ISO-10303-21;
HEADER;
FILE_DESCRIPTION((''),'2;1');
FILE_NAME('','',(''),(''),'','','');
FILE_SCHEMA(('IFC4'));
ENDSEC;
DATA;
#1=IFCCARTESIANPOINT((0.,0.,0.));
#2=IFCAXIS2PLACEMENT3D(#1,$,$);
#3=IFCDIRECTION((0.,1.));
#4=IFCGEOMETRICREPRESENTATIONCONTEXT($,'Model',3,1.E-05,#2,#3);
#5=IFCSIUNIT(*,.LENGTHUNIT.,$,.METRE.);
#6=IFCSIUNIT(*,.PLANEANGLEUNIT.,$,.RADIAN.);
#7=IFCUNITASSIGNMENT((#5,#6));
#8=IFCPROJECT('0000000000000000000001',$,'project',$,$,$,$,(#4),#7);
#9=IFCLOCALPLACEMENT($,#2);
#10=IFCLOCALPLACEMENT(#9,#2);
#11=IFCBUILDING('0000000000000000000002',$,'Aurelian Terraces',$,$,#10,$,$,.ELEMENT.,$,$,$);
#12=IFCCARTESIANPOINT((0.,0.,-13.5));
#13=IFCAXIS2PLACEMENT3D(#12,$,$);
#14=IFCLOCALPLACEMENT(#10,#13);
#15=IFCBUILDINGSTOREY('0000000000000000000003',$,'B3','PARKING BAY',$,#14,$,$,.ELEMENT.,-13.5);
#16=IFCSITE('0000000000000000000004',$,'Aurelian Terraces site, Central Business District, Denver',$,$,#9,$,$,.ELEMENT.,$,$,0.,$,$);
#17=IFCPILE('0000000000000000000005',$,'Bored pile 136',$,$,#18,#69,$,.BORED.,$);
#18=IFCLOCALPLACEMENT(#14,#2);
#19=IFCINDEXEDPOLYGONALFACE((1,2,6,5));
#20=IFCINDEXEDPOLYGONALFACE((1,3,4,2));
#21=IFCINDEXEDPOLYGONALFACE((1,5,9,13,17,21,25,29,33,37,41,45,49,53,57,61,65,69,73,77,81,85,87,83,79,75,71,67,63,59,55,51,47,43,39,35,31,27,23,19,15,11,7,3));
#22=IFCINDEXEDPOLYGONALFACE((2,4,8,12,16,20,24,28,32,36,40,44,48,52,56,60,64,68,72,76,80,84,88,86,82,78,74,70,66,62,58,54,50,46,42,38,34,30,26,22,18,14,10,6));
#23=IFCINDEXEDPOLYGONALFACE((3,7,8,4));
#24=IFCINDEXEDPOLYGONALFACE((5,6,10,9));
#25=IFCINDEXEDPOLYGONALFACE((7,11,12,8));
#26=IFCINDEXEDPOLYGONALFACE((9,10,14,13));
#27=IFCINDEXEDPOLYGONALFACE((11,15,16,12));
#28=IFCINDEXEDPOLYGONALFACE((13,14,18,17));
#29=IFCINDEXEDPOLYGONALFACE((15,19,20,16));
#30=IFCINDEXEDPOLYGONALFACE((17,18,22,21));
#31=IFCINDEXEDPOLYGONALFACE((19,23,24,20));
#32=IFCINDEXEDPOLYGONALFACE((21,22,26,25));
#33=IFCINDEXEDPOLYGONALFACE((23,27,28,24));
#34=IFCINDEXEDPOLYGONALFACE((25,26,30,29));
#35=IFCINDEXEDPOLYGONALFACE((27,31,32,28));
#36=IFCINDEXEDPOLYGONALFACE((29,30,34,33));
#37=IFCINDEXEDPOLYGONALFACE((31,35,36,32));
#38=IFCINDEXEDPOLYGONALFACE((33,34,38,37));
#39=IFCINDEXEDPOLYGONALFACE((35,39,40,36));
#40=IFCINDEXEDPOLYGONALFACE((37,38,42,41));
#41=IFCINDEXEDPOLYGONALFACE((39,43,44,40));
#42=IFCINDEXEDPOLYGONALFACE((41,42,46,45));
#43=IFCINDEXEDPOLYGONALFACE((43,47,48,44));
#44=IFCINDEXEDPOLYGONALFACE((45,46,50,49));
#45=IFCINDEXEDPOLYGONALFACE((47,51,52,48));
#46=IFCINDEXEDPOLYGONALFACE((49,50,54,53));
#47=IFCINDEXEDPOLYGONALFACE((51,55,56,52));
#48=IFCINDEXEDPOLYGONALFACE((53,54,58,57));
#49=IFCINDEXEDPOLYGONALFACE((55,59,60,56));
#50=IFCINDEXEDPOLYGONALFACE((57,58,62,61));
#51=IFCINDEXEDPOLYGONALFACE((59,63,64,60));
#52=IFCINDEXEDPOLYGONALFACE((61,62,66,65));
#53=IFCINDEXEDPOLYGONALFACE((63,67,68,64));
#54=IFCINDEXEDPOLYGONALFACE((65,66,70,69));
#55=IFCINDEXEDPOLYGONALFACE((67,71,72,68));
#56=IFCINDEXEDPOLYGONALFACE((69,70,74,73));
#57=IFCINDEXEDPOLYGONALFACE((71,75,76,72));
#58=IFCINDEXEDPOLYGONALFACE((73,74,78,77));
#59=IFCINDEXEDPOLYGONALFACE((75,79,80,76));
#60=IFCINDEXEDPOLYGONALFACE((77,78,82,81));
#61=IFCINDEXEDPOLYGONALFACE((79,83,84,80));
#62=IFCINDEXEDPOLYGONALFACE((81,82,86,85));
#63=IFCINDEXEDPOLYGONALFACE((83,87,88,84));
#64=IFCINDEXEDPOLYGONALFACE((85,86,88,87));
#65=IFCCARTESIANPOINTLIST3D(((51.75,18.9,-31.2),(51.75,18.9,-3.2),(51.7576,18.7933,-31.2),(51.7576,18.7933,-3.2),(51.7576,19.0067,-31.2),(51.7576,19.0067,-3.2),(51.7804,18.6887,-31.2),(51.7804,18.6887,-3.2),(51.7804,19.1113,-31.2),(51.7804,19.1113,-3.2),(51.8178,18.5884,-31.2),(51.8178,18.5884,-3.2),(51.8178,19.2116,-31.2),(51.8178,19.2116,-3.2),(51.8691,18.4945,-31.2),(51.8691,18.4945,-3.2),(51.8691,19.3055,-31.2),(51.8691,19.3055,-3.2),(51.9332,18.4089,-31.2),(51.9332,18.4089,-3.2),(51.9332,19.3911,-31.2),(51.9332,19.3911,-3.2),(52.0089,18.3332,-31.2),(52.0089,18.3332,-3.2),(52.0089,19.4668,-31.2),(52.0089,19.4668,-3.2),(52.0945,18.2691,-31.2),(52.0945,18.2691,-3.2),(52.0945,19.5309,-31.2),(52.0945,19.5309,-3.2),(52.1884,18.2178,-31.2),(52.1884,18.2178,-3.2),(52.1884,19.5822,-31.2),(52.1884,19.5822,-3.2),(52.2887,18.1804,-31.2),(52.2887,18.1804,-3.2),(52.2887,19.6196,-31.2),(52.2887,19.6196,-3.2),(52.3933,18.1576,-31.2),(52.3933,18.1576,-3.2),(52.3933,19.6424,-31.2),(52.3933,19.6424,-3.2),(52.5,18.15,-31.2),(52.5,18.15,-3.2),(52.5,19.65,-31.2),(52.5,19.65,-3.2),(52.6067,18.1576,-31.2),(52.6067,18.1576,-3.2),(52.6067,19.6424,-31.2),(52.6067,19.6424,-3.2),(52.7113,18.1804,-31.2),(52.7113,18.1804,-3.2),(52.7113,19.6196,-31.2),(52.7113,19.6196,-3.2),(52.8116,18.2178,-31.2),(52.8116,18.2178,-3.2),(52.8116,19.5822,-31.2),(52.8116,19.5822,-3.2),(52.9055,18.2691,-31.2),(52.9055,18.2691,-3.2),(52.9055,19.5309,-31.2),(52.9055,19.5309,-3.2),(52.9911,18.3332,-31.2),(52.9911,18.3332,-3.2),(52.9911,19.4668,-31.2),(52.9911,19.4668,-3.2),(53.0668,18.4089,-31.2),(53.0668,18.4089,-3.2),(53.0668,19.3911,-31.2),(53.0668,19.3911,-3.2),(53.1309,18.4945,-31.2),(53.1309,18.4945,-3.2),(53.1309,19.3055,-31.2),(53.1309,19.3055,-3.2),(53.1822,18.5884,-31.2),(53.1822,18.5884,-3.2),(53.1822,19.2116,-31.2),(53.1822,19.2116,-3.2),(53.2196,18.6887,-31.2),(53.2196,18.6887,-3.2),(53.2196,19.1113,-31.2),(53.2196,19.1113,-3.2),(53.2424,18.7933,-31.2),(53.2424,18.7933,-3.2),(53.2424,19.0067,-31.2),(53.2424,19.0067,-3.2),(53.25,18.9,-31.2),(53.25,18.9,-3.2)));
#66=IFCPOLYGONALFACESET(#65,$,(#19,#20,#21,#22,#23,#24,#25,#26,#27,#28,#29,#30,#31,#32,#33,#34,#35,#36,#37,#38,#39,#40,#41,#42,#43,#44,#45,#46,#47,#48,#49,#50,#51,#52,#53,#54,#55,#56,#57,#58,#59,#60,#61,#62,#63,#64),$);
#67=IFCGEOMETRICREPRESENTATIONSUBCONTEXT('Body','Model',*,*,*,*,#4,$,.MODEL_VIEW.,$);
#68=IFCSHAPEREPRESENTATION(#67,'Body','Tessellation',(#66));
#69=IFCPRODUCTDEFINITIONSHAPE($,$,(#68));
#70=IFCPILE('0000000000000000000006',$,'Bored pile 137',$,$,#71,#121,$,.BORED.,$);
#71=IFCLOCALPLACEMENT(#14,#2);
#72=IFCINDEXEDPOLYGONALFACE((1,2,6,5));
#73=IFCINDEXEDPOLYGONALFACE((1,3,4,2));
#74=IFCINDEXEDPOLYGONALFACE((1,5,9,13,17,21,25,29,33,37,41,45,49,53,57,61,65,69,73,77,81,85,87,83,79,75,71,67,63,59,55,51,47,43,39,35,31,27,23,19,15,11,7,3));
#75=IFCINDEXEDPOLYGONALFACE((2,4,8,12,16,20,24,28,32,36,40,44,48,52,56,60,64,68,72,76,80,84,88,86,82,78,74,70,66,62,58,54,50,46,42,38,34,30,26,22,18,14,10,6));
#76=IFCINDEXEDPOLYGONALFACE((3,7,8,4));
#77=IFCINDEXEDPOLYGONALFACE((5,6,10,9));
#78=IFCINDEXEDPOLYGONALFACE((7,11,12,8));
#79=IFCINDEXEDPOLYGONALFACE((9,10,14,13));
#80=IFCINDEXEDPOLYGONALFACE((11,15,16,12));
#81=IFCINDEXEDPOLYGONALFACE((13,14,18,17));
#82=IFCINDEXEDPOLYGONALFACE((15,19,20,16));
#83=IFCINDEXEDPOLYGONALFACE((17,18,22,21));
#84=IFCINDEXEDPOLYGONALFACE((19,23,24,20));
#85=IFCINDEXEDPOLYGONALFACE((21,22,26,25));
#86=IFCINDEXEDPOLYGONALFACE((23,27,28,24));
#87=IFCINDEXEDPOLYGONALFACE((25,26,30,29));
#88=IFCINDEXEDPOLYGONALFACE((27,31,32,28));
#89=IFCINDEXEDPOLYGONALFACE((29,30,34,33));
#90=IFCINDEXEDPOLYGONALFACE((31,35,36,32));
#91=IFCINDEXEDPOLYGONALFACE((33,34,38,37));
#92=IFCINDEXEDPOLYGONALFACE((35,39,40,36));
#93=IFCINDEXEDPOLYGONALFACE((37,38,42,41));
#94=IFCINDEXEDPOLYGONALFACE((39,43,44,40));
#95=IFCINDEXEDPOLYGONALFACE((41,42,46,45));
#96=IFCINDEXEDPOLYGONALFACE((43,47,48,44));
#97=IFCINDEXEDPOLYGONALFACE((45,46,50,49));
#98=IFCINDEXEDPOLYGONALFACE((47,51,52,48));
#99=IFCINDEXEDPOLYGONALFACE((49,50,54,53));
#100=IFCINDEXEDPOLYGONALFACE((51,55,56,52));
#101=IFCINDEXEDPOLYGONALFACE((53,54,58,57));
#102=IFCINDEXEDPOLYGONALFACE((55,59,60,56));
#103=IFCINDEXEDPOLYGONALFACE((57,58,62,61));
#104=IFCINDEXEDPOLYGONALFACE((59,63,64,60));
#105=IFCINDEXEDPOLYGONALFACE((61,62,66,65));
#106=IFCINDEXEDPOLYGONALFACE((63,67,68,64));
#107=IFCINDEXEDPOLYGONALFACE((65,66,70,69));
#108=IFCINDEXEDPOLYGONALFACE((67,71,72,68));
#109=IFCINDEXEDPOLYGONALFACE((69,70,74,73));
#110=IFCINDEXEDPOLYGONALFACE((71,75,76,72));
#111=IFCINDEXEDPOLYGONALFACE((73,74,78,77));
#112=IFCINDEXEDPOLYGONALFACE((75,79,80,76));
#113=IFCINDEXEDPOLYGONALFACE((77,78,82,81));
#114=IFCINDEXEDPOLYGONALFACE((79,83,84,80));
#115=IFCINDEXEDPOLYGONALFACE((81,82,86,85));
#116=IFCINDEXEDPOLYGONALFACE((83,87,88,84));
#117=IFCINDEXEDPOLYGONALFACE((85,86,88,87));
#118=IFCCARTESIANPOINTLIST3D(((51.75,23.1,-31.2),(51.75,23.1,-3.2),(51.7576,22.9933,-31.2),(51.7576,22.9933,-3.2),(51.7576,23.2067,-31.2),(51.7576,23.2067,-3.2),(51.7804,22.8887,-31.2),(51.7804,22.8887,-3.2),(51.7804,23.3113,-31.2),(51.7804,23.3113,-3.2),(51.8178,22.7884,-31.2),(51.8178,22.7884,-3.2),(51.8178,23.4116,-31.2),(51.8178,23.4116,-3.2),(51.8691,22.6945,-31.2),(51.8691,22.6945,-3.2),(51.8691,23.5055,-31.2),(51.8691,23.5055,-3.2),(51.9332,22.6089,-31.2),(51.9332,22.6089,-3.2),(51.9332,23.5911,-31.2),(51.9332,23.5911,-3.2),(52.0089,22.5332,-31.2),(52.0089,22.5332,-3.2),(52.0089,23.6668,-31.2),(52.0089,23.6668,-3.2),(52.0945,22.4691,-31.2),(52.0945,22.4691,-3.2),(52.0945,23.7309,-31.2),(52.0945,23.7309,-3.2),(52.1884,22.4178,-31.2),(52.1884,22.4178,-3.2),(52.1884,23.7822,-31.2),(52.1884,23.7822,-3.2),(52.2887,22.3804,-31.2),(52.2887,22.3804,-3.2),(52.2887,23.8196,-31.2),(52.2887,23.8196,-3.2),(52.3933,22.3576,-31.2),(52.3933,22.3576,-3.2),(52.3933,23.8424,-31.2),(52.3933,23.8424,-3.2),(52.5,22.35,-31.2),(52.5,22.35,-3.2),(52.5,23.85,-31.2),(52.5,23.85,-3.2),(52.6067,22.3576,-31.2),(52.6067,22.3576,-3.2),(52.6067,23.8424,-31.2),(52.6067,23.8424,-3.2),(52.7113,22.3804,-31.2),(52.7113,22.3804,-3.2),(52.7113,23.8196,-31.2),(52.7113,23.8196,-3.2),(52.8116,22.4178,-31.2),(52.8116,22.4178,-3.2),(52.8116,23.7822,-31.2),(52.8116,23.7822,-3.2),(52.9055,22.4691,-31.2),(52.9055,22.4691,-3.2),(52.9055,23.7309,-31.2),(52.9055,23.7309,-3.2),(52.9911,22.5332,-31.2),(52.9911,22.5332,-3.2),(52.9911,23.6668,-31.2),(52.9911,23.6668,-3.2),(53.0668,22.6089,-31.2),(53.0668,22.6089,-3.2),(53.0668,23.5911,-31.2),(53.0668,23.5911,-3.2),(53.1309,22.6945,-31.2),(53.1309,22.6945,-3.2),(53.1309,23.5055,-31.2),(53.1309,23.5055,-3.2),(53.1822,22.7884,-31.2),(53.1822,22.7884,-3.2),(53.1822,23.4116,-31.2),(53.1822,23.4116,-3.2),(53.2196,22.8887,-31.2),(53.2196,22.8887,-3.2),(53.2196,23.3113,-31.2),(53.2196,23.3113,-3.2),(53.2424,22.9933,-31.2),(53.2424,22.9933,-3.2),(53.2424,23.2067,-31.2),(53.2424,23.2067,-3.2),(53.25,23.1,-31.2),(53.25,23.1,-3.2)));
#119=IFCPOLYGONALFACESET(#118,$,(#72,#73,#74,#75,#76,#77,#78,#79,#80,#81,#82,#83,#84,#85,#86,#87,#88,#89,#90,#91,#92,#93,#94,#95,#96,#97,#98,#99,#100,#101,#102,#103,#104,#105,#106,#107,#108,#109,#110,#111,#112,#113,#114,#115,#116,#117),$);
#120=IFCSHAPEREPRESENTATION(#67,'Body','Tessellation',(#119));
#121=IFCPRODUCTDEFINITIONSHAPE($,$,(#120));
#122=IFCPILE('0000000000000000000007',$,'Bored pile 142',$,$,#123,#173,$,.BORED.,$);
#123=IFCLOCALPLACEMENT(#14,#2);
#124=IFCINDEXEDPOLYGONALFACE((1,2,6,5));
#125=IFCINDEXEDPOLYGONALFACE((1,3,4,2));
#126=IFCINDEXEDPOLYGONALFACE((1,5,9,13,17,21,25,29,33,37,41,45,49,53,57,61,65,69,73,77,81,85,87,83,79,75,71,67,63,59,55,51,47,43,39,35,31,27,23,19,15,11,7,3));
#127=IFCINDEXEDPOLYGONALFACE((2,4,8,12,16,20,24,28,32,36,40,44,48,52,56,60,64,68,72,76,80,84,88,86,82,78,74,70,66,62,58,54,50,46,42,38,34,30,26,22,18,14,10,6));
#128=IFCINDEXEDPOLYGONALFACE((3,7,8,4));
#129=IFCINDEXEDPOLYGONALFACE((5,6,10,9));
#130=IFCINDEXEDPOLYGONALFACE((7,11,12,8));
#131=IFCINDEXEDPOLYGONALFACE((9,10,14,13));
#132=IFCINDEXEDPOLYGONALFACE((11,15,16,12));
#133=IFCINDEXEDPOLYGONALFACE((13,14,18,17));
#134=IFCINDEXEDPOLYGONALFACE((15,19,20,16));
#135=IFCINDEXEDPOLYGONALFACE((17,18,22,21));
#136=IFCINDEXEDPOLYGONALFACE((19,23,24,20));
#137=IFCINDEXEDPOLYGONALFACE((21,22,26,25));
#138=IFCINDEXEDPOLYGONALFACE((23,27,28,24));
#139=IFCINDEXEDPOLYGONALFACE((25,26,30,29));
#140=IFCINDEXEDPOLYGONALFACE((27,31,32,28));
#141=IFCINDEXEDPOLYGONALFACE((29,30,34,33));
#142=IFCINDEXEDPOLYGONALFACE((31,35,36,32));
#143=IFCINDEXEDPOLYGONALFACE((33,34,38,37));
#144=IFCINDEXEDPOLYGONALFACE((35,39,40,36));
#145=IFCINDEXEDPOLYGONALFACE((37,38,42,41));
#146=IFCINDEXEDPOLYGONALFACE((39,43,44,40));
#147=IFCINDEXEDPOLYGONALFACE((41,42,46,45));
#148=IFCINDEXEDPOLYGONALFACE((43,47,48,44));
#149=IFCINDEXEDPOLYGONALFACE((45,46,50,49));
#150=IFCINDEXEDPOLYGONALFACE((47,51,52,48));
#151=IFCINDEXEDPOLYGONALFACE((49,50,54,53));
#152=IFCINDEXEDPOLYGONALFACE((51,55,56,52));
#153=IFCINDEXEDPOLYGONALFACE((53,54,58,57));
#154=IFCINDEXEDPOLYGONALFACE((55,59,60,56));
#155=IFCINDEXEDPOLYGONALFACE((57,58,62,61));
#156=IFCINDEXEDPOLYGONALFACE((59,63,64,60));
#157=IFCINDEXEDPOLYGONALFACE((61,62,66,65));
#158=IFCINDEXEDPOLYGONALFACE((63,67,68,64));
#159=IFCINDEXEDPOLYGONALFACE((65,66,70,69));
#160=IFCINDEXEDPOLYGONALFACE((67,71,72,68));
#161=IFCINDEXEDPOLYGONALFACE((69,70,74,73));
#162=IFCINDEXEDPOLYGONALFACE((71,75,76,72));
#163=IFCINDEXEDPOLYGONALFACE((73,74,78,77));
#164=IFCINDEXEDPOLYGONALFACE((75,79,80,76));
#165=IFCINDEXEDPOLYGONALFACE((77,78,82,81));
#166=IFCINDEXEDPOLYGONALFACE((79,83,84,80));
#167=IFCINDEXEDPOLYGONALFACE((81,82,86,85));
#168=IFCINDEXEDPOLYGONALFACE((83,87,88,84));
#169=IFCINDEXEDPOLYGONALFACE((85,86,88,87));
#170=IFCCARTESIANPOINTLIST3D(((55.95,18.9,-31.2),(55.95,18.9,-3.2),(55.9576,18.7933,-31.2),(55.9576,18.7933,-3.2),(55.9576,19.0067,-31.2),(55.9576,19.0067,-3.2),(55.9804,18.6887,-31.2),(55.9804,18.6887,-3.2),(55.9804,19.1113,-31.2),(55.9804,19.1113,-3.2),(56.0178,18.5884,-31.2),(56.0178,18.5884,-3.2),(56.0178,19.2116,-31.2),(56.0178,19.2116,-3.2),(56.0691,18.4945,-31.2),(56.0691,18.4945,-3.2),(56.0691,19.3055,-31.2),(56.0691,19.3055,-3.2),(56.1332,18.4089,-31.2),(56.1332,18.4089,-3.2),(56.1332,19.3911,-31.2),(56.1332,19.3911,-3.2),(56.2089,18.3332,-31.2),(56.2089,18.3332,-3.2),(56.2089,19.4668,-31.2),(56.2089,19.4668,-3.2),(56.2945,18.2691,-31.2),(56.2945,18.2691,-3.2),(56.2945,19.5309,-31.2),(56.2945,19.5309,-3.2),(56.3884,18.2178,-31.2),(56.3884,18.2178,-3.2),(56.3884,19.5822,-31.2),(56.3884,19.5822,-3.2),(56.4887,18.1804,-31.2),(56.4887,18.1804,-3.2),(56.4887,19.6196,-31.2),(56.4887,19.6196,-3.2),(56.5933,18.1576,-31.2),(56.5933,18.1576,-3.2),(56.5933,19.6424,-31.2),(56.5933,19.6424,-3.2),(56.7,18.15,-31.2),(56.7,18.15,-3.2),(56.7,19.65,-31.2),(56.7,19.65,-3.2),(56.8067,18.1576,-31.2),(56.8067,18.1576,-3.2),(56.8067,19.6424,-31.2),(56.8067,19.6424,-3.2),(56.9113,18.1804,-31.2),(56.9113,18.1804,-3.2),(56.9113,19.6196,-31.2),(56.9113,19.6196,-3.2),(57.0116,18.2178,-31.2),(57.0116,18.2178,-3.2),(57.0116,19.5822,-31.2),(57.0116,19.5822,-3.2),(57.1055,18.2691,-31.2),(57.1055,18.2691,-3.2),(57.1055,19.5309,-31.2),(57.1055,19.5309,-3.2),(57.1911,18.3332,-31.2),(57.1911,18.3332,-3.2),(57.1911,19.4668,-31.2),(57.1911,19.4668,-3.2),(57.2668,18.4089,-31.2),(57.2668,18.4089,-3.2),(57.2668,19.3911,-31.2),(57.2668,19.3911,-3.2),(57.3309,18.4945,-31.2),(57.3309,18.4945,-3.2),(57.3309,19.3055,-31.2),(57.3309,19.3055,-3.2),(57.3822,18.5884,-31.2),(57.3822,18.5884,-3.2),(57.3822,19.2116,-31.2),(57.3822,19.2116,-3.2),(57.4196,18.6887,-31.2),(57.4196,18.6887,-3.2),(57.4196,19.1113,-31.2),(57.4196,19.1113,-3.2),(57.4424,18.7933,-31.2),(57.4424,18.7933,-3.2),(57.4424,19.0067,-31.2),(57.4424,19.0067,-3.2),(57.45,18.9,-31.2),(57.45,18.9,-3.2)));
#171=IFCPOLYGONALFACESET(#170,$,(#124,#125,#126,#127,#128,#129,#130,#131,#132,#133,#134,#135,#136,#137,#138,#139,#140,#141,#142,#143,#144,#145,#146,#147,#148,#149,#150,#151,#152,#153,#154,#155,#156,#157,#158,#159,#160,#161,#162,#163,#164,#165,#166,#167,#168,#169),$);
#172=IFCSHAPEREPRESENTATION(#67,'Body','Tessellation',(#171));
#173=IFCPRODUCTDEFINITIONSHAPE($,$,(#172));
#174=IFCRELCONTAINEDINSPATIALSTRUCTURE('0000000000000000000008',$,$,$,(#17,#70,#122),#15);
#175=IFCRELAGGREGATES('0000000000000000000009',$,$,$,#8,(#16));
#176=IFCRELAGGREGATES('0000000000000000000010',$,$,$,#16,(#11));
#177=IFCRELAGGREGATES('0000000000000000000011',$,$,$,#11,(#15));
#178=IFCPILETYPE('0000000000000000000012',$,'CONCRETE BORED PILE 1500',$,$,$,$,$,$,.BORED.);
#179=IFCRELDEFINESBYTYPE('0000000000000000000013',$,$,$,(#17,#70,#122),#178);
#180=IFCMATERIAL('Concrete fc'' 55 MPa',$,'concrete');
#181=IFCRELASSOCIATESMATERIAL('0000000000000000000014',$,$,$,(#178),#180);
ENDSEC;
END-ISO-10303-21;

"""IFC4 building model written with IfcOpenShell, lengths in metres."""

from ifc_helpers import new_model, si_unit, direction, frame, origin, origin_2d, place, context, subcontext, project, spatial, circle, extrude, source, transform, mapped, material, material_profile, profile_set, type_object, element, save


model = new_model("IFC4")

# Units and contexts
model_context = context("Model", 3, precision=1e-05, world=origin(), true_north=direction((0.0, 1.0)))
body_context = subcontext(model_context, "Body", "Model", "MODEL_VIEW")
ifc_project = project(units=[si_unit("LENGTHUNIT", "METRE"), si_unit("PLANEANGLEUNIT", "RADIAN")], contexts=[model_context])

# Site, building, storey
site_placement = place(None, origin())
site = spatial("IfcSite", under=ifc_project, at=site_placement, Name="Aurelian Terraces site, Central Business District, Denver", CompositionType="ELEMENT", RefElevation=0.0)
building_placement = place(site_placement, origin())
building = spatial("IfcBuilding", under=site, at=building_placement, Name="Aurelian Terraces", CompositionType="ELEMENT")
storey_placement = place(building_placement, frame((0.0, 0.0, -13.5)))
storey = spatial("IfcBuildingStorey", under=building, at=storey_placement, Name="B3", Description="PARKING BAY", CompositionType="ELEMENT", Elevation=-13.5)

# Piles
ifc_material_1 = material(Name="Concrete fc' 55 MPa", Category="concrete")
ifc_material_profile_1 = material_profile(ifc_material_1, circle(Radius=0.75, at=origin_2d()))
ifc_profile_set_1 = profile_set([ifc_material_profile_1], Name="Concrete fc' 55 MPa")
pile_type = type_object("IfcPileType", Name="CONCRETE BORED PILE 1500", PredefinedType="BORED", material=ifc_profile_set_1)
shared_shape_1 = source(origin(), body_context, "Body", "SweptSolid", [
    extrude(circle(Radius=0.75, at=origin_2d()), origin(), (0.0, 0.0, 1.0), 28.0),
])
for number, where, z_axis, x_axis, name in (
    (1, (52.5, 18.9, -3.2), (0.0, 0.0, -1.0), (1.0, 0.0, 0.0), "Bored pile 136"),
    (2, (52.5, 23.1, -3.2), (0.0, 0.0, -1.0), (1.0, 0.0, 0.0), "Bored pile 137"),
    (3, (56.7, 18.9, -3.2), (0.0, 0.0, -1.0), (1.0, 0.0, 0.0), "Bored pile 142"),
):
    element("IfcPile", number, at=place(storey_placement, frame(where, z_axis=z_axis, x_axis=x_axis)), inside=storey, type_object=pile_type, Name=name, PredefinedType="BORED", context=body_context, shape_type="MappedRepresentation", body=[
        mapped(shared_shape_1, transform((0.0, 0.0, 0.0), scale=1.0)),
    ])

save(model, "model.ifc")
